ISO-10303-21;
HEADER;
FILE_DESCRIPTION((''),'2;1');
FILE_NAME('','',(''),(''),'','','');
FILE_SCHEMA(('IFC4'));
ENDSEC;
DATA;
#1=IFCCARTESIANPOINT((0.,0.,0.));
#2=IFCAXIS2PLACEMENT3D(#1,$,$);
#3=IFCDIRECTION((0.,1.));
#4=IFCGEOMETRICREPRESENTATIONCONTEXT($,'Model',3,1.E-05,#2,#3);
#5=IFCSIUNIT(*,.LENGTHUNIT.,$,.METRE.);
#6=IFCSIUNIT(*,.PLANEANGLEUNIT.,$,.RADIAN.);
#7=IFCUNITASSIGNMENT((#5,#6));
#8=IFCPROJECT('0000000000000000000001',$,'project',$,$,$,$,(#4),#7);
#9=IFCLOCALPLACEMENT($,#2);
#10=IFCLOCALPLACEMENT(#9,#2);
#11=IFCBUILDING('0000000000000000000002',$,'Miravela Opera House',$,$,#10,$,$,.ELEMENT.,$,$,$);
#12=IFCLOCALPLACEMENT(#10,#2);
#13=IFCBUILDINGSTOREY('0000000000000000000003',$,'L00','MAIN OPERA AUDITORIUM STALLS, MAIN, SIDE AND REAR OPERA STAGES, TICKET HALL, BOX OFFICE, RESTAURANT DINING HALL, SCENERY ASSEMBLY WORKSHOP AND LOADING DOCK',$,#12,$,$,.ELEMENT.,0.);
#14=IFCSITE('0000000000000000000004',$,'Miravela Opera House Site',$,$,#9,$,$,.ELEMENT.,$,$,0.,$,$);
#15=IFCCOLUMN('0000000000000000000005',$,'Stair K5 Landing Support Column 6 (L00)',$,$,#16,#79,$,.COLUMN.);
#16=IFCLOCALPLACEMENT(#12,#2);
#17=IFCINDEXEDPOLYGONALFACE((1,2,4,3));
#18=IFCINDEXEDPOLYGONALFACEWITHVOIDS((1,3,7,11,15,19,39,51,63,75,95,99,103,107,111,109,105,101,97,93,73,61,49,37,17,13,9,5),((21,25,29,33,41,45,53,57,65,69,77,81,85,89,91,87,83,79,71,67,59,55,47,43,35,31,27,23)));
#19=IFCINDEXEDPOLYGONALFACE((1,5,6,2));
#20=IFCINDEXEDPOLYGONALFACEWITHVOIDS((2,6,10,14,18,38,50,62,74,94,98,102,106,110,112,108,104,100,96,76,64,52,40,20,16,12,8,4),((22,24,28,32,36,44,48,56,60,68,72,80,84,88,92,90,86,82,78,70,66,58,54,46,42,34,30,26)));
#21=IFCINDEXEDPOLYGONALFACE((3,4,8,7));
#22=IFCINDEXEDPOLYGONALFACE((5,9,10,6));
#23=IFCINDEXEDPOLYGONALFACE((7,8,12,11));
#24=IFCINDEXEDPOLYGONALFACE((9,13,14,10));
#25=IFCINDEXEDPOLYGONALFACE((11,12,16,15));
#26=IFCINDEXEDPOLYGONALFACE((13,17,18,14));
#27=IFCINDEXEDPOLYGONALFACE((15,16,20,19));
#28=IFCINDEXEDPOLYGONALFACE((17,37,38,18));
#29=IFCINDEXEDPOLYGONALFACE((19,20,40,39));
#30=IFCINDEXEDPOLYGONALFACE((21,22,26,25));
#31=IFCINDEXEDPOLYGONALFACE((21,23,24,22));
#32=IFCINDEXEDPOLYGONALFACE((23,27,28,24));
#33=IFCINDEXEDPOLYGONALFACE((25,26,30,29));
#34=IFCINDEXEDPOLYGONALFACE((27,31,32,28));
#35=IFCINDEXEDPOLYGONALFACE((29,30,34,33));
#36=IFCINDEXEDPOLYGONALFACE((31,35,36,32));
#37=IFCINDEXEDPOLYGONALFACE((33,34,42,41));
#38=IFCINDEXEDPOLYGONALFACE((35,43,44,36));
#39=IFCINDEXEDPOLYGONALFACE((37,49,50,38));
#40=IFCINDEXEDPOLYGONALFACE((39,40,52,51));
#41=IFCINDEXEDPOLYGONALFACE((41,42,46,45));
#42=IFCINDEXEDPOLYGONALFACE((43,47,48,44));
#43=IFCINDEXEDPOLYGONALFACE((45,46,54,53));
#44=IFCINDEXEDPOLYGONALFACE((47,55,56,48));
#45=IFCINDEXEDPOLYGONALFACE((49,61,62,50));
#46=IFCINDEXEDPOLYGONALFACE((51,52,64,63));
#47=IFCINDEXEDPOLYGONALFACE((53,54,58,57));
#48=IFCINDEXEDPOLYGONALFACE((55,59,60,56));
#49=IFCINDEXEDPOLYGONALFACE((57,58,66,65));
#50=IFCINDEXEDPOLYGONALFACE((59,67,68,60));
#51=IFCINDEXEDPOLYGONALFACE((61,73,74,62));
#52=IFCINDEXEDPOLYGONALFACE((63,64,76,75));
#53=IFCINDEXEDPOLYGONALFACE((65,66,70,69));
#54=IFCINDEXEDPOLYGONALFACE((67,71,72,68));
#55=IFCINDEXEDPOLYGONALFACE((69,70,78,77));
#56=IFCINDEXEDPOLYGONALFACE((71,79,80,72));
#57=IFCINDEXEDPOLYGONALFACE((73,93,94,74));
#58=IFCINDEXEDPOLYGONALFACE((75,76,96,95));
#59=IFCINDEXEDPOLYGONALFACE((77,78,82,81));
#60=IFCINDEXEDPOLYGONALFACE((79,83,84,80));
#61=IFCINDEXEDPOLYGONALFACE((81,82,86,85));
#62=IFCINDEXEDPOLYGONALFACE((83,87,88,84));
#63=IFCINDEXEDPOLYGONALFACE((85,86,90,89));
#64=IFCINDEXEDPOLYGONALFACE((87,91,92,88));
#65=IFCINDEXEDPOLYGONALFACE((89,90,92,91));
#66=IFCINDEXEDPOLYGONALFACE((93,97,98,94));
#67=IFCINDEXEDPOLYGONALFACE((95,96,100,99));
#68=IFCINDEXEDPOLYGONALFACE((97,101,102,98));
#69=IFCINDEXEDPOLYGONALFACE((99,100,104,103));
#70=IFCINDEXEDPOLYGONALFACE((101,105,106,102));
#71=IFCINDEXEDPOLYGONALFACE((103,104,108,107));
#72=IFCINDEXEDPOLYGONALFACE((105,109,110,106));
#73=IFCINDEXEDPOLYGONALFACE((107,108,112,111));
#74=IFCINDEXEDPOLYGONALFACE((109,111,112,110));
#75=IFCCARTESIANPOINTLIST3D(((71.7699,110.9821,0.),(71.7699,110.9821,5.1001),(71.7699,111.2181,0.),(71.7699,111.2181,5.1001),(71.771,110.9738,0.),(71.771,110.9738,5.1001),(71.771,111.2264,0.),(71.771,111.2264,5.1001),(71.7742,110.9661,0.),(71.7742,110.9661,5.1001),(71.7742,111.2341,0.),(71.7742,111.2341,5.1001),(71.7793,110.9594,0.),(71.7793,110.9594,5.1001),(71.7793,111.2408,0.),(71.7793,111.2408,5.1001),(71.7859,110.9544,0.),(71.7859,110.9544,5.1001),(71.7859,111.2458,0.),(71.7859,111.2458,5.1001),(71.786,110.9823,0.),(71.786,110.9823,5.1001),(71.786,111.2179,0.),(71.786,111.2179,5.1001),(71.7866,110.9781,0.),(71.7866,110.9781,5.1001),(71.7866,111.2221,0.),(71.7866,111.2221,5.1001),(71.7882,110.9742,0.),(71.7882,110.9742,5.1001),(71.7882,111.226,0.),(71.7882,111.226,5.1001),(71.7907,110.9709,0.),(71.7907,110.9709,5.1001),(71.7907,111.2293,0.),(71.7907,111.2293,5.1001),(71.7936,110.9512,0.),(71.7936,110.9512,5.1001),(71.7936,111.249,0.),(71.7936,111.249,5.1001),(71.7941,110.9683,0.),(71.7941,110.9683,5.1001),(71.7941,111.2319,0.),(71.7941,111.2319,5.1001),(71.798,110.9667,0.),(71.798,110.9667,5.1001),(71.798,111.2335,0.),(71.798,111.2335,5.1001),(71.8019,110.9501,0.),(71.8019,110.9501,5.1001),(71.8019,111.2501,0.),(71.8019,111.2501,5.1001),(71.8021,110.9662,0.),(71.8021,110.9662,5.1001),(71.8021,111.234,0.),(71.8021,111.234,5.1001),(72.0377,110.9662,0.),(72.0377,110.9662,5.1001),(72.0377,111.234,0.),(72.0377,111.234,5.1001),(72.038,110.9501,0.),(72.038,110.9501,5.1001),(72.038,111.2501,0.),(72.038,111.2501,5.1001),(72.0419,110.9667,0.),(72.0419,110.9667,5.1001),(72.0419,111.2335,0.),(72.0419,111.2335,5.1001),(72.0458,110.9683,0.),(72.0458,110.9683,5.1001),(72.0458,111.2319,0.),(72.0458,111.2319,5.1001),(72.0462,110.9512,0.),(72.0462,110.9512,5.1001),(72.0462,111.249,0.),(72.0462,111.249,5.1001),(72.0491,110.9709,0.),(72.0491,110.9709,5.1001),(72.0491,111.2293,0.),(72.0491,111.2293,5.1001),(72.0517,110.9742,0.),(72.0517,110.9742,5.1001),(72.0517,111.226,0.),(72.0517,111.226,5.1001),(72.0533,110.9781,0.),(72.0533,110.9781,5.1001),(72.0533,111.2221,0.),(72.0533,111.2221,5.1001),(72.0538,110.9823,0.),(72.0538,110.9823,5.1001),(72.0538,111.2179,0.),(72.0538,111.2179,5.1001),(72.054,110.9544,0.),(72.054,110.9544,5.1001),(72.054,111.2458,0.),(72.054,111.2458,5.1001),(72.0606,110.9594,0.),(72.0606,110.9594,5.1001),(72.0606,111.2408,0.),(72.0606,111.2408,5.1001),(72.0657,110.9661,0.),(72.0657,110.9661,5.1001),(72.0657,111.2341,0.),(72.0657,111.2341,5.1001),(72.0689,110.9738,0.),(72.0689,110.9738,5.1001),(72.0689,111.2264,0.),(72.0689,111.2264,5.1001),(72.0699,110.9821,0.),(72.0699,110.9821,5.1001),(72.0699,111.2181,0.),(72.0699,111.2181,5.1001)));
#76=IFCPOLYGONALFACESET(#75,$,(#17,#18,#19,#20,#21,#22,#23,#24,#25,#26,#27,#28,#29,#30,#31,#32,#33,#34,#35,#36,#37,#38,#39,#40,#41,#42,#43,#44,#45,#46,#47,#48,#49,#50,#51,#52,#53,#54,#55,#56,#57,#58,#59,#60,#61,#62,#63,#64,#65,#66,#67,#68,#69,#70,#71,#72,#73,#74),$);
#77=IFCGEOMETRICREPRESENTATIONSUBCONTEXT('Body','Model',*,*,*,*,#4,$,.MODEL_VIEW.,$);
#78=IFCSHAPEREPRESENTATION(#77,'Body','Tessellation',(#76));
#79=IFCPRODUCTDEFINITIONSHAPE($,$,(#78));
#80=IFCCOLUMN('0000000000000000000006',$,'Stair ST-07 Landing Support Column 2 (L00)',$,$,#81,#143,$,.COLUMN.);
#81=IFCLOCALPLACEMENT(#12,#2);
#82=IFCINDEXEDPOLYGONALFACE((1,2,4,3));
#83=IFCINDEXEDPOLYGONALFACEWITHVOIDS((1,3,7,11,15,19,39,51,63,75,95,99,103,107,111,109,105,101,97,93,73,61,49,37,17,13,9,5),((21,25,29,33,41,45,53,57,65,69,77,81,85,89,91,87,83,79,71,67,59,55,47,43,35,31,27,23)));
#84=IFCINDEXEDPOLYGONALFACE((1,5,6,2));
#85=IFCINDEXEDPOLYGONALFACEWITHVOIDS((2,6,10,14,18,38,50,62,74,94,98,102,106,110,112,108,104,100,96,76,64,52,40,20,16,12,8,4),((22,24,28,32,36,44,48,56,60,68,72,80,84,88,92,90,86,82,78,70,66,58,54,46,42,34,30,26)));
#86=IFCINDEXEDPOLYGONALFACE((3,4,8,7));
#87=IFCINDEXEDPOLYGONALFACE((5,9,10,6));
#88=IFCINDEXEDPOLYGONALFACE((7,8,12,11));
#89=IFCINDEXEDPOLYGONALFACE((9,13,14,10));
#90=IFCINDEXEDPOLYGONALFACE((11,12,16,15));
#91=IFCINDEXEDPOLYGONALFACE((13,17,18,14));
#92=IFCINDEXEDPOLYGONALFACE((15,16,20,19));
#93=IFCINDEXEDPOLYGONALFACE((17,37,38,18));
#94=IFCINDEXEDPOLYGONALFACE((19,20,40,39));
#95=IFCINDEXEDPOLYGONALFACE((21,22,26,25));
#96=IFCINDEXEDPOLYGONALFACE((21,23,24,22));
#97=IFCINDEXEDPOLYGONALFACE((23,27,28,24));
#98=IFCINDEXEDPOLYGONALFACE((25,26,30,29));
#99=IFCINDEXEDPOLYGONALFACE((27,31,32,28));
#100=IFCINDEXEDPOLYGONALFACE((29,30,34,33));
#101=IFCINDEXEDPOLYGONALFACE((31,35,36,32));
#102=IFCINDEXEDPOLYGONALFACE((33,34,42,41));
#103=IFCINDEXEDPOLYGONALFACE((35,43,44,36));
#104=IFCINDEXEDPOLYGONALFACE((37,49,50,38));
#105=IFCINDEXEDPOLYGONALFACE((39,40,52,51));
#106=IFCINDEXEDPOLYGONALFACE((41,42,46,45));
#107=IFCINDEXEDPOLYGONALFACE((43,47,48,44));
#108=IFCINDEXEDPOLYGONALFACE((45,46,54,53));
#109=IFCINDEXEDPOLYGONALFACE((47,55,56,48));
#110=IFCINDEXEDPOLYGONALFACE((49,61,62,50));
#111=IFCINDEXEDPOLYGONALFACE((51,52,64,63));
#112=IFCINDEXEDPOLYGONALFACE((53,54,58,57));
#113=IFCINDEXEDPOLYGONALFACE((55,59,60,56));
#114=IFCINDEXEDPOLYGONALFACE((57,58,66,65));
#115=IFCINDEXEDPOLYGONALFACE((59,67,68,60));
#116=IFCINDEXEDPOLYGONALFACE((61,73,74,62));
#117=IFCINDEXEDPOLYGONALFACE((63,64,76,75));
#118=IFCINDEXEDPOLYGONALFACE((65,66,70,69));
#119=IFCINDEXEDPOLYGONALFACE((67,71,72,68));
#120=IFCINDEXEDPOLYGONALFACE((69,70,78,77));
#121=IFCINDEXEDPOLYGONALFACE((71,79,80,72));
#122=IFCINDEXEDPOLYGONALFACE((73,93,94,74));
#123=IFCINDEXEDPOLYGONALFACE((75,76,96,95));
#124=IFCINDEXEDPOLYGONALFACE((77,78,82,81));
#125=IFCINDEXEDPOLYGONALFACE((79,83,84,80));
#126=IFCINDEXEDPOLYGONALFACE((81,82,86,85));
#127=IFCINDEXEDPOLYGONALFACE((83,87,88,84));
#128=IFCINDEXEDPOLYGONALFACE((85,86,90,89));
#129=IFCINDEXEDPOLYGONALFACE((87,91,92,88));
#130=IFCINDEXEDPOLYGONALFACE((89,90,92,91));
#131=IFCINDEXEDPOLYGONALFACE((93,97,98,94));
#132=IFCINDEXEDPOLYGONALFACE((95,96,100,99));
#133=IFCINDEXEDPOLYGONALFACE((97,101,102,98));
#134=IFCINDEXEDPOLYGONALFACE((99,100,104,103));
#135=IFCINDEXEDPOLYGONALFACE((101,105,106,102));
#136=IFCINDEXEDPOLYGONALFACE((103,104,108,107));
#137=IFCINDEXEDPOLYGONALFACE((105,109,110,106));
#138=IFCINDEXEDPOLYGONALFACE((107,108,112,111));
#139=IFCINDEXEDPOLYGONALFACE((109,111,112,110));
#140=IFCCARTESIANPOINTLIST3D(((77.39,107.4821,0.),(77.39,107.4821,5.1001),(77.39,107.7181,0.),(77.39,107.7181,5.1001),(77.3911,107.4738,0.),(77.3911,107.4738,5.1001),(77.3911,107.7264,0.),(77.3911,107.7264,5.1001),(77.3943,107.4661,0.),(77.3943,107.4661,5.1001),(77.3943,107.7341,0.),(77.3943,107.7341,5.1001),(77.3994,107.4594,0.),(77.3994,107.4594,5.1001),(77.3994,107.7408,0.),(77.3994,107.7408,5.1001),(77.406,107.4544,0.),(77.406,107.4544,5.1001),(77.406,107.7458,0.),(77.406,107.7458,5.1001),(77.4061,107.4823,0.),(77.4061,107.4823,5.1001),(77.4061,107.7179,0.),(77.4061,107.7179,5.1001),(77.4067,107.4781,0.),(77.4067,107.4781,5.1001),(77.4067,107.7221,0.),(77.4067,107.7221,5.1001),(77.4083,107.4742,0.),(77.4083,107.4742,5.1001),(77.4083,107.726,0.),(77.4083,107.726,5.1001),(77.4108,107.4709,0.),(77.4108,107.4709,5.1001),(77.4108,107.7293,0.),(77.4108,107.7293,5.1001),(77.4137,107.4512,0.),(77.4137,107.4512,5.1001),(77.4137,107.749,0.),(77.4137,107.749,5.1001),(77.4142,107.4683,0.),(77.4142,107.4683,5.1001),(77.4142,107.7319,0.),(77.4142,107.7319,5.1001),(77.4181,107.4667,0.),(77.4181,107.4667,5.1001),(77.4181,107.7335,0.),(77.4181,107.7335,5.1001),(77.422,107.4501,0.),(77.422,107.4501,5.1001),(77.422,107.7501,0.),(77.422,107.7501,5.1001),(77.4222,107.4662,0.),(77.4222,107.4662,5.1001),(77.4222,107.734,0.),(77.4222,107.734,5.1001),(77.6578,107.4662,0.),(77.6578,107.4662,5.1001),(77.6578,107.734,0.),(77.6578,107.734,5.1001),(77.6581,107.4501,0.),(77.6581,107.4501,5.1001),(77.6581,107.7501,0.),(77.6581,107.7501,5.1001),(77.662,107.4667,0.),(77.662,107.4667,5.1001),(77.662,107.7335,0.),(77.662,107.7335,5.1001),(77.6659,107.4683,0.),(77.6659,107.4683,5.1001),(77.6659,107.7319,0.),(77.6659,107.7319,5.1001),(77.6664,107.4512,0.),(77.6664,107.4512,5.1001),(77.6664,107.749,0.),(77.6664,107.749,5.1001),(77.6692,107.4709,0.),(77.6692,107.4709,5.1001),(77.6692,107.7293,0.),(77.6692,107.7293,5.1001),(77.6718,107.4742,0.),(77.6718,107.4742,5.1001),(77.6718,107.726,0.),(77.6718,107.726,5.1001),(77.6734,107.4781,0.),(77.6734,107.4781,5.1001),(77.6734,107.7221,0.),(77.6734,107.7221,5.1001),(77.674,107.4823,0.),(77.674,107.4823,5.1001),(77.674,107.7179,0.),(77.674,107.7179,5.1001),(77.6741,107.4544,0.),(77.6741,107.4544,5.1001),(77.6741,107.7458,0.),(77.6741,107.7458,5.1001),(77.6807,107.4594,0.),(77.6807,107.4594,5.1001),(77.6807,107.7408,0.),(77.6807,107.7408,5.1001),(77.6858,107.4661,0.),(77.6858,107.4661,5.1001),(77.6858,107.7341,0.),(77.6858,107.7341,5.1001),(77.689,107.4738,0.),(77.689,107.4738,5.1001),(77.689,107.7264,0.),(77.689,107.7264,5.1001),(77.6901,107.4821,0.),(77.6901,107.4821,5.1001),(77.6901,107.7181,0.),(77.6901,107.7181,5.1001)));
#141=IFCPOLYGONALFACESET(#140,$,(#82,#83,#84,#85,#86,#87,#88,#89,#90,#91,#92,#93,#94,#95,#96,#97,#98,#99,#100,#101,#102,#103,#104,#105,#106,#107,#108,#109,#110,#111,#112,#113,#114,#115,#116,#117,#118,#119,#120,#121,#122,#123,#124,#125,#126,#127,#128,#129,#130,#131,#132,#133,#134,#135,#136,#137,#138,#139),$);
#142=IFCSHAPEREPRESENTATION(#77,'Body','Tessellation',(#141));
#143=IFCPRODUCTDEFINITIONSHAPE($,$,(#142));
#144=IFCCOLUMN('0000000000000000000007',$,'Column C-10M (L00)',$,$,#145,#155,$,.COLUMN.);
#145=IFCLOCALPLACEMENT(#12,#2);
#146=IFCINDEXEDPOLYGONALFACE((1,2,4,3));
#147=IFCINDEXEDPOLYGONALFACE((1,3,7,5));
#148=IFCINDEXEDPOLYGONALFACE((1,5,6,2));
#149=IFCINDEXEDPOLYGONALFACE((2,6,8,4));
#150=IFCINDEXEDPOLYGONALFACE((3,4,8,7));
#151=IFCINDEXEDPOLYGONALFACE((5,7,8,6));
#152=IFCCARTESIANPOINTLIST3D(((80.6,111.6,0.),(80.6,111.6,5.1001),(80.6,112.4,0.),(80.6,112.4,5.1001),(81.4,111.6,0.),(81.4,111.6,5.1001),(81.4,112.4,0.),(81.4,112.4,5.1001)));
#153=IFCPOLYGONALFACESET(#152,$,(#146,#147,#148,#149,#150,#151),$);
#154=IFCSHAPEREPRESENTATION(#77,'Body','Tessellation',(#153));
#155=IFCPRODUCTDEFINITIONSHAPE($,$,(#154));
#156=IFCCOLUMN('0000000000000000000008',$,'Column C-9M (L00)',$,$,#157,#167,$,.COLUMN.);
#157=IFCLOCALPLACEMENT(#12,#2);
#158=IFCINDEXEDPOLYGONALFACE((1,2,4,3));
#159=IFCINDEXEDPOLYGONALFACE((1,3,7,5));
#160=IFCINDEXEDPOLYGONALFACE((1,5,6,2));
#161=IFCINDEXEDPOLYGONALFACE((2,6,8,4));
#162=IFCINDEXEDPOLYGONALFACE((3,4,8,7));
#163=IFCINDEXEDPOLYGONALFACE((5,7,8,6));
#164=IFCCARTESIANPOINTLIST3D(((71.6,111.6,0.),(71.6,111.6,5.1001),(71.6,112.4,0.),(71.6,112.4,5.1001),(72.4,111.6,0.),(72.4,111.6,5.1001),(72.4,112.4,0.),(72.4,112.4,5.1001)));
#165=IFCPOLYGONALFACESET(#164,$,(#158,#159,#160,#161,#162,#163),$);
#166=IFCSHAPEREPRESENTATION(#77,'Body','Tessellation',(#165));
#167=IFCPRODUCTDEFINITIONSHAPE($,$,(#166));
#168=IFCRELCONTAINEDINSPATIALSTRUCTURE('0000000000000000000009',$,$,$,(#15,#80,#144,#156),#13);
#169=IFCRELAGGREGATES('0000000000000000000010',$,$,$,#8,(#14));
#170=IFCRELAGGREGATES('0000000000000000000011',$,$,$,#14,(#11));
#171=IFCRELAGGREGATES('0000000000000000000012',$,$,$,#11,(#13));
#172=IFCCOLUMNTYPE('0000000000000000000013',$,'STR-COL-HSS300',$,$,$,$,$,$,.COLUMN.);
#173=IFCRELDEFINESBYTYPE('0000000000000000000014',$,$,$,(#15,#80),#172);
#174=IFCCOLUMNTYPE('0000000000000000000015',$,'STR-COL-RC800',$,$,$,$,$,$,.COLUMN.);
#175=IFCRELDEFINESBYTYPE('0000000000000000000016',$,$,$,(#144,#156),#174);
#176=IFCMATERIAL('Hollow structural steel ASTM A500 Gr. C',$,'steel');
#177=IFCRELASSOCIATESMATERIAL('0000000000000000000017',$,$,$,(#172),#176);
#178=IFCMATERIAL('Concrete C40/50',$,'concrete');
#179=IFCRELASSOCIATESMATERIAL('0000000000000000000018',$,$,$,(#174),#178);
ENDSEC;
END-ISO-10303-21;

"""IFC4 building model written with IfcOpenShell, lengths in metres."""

from ifc_helpers import new_model, si_unit, direction, frame, origin, origin_2d, place, context, subcontext, project, spatial, rectangle, hollow_rectangle, extrude, material, material_profile, profile_set, type_object, element, save


model = new_model("IFC4")

# Units and contexts
model_context = context("Model", 3, precision=1e-05, world=origin(), true_north=direction((0.0, 1.0)))
body_context = subcontext(model_context, "Body", "Model", "MODEL_VIEW")
ifc_project = project(units=[si_unit("LENGTHUNIT", "METRE"), si_unit("PLANEANGLEUNIT", "RADIAN")], contexts=[model_context])

# Site, building, storey
site_placement = place(None, origin())
site = spatial("IfcSite", under=ifc_project, at=site_placement, Name="Miravela Opera House Site", CompositionType="ELEMENT", RefElevation=0.0)
building_placement = place(site_placement, origin())
building = spatial("IfcBuilding", under=site, at=building_placement, Name="Miravela Opera House", CompositionType="ELEMENT")
storey_placement = place(building_placement, origin())
storey = spatial("IfcBuildingStorey", under=building, at=storey_placement, Name="L00", Description="MAIN OPERA AUDITORIUM STALLS, MAIN, SIDE AND REAR OPERA STAGES, TICKET HALL, BOX OFFICE, RESTAURANT DINING HALL, SCENERY ASSEMBLY WORKSHOP AND LOADING DOCK", CompositionType="ELEMENT", Elevation=0.0)

# Columns
ifc_material_1 = material(Name="Hollow structural steel ASTM A500 Gr. C", Category="steel")
ifc_material_profile_1 = material_profile(ifc_material_1, hollow_rectangle(XDim=0.3, YDim=0.3, WallThickness=0.0161, InnerFilletRadius=0.0161, OuterFilletRadius=0.032, at=origin_2d()), Name="HSS300X300X16")
ifc_profile_set_1 = profile_set([ifc_material_profile_1])
column_type_1 = type_object("IfcColumnType", Name="STR-COL-HSS300", PredefinedType="COLUMN", material=ifc_profile_set_1)
for number, where, z_axis, x_axis, name in (
    (1, (71.9199, 111.1001, 0.0), (0.0, 0.0, 1.0), (1.0, 0.0, 0.0), "Stair K5 Landing Support Column 6 (L00)"),
    (2, (77.54, 107.6001, 0.0), (0.0, 0.0, 1.0), (1.0, 0.0, 0.0), "Stair ST-07 Landing Support Column 2 (L00)"),
):
    element("IfcColumn", number, at=place(storey_placement, frame(where, z_axis=z_axis, x_axis=x_axis)), inside=storey, type_object=column_type_1, Name=name, PredefinedType="COLUMN", context=body_context, shape_type="SweptSolid", body=[
        extrude(hollow_rectangle(XDim=0.3, YDim=0.3, WallThickness=0.0161, InnerFilletRadius=0.0161, OuterFilletRadius=0.032, at=origin_2d()), origin(), (0.0, 0.0, 1.0), 5.1001),
    ])
ifc_material_2 = material(Name="Concrete C40/50", Category="concrete")
ifc_material_profile_2 = material_profile(ifc_material_2, rectangle(XDim=0.8, YDim=0.8, at=origin_2d()), Name="RC-COL-800X800")
ifc_profile_set_2 = profile_set([ifc_material_profile_2])
column_type_2 = type_object("IfcColumnType", Name="STR-COL-RC800", PredefinedType="COLUMN", material=ifc_profile_set_2)
for number, where, z_axis, x_axis, name in (
    (3, (81.0, 112.0, 0.0), (0.0, 0.0, 1.0), (1.0, 0.0, 0.0), "Column C-10M (L00)"),
    (4, (72.0, 112.0, 0.0), (0.0, 0.0, 1.0), (1.0, 0.0, 0.0), "Column C-9M (L00)"),
):
    element("IfcColumn", number, at=place(storey_placement, frame(where, z_axis=z_axis, x_axis=x_axis)), inside=storey, type_object=column_type_2, Name=name, PredefinedType="COLUMN", context=body_context, shape_type="SweptSolid", body=[
        extrude(rectangle(XDim=0.8, YDim=0.8, at=origin_2d()), origin(), (0.0, 0.0, 1.0), 5.1001),
    ])

save(model, "model.ifc")
